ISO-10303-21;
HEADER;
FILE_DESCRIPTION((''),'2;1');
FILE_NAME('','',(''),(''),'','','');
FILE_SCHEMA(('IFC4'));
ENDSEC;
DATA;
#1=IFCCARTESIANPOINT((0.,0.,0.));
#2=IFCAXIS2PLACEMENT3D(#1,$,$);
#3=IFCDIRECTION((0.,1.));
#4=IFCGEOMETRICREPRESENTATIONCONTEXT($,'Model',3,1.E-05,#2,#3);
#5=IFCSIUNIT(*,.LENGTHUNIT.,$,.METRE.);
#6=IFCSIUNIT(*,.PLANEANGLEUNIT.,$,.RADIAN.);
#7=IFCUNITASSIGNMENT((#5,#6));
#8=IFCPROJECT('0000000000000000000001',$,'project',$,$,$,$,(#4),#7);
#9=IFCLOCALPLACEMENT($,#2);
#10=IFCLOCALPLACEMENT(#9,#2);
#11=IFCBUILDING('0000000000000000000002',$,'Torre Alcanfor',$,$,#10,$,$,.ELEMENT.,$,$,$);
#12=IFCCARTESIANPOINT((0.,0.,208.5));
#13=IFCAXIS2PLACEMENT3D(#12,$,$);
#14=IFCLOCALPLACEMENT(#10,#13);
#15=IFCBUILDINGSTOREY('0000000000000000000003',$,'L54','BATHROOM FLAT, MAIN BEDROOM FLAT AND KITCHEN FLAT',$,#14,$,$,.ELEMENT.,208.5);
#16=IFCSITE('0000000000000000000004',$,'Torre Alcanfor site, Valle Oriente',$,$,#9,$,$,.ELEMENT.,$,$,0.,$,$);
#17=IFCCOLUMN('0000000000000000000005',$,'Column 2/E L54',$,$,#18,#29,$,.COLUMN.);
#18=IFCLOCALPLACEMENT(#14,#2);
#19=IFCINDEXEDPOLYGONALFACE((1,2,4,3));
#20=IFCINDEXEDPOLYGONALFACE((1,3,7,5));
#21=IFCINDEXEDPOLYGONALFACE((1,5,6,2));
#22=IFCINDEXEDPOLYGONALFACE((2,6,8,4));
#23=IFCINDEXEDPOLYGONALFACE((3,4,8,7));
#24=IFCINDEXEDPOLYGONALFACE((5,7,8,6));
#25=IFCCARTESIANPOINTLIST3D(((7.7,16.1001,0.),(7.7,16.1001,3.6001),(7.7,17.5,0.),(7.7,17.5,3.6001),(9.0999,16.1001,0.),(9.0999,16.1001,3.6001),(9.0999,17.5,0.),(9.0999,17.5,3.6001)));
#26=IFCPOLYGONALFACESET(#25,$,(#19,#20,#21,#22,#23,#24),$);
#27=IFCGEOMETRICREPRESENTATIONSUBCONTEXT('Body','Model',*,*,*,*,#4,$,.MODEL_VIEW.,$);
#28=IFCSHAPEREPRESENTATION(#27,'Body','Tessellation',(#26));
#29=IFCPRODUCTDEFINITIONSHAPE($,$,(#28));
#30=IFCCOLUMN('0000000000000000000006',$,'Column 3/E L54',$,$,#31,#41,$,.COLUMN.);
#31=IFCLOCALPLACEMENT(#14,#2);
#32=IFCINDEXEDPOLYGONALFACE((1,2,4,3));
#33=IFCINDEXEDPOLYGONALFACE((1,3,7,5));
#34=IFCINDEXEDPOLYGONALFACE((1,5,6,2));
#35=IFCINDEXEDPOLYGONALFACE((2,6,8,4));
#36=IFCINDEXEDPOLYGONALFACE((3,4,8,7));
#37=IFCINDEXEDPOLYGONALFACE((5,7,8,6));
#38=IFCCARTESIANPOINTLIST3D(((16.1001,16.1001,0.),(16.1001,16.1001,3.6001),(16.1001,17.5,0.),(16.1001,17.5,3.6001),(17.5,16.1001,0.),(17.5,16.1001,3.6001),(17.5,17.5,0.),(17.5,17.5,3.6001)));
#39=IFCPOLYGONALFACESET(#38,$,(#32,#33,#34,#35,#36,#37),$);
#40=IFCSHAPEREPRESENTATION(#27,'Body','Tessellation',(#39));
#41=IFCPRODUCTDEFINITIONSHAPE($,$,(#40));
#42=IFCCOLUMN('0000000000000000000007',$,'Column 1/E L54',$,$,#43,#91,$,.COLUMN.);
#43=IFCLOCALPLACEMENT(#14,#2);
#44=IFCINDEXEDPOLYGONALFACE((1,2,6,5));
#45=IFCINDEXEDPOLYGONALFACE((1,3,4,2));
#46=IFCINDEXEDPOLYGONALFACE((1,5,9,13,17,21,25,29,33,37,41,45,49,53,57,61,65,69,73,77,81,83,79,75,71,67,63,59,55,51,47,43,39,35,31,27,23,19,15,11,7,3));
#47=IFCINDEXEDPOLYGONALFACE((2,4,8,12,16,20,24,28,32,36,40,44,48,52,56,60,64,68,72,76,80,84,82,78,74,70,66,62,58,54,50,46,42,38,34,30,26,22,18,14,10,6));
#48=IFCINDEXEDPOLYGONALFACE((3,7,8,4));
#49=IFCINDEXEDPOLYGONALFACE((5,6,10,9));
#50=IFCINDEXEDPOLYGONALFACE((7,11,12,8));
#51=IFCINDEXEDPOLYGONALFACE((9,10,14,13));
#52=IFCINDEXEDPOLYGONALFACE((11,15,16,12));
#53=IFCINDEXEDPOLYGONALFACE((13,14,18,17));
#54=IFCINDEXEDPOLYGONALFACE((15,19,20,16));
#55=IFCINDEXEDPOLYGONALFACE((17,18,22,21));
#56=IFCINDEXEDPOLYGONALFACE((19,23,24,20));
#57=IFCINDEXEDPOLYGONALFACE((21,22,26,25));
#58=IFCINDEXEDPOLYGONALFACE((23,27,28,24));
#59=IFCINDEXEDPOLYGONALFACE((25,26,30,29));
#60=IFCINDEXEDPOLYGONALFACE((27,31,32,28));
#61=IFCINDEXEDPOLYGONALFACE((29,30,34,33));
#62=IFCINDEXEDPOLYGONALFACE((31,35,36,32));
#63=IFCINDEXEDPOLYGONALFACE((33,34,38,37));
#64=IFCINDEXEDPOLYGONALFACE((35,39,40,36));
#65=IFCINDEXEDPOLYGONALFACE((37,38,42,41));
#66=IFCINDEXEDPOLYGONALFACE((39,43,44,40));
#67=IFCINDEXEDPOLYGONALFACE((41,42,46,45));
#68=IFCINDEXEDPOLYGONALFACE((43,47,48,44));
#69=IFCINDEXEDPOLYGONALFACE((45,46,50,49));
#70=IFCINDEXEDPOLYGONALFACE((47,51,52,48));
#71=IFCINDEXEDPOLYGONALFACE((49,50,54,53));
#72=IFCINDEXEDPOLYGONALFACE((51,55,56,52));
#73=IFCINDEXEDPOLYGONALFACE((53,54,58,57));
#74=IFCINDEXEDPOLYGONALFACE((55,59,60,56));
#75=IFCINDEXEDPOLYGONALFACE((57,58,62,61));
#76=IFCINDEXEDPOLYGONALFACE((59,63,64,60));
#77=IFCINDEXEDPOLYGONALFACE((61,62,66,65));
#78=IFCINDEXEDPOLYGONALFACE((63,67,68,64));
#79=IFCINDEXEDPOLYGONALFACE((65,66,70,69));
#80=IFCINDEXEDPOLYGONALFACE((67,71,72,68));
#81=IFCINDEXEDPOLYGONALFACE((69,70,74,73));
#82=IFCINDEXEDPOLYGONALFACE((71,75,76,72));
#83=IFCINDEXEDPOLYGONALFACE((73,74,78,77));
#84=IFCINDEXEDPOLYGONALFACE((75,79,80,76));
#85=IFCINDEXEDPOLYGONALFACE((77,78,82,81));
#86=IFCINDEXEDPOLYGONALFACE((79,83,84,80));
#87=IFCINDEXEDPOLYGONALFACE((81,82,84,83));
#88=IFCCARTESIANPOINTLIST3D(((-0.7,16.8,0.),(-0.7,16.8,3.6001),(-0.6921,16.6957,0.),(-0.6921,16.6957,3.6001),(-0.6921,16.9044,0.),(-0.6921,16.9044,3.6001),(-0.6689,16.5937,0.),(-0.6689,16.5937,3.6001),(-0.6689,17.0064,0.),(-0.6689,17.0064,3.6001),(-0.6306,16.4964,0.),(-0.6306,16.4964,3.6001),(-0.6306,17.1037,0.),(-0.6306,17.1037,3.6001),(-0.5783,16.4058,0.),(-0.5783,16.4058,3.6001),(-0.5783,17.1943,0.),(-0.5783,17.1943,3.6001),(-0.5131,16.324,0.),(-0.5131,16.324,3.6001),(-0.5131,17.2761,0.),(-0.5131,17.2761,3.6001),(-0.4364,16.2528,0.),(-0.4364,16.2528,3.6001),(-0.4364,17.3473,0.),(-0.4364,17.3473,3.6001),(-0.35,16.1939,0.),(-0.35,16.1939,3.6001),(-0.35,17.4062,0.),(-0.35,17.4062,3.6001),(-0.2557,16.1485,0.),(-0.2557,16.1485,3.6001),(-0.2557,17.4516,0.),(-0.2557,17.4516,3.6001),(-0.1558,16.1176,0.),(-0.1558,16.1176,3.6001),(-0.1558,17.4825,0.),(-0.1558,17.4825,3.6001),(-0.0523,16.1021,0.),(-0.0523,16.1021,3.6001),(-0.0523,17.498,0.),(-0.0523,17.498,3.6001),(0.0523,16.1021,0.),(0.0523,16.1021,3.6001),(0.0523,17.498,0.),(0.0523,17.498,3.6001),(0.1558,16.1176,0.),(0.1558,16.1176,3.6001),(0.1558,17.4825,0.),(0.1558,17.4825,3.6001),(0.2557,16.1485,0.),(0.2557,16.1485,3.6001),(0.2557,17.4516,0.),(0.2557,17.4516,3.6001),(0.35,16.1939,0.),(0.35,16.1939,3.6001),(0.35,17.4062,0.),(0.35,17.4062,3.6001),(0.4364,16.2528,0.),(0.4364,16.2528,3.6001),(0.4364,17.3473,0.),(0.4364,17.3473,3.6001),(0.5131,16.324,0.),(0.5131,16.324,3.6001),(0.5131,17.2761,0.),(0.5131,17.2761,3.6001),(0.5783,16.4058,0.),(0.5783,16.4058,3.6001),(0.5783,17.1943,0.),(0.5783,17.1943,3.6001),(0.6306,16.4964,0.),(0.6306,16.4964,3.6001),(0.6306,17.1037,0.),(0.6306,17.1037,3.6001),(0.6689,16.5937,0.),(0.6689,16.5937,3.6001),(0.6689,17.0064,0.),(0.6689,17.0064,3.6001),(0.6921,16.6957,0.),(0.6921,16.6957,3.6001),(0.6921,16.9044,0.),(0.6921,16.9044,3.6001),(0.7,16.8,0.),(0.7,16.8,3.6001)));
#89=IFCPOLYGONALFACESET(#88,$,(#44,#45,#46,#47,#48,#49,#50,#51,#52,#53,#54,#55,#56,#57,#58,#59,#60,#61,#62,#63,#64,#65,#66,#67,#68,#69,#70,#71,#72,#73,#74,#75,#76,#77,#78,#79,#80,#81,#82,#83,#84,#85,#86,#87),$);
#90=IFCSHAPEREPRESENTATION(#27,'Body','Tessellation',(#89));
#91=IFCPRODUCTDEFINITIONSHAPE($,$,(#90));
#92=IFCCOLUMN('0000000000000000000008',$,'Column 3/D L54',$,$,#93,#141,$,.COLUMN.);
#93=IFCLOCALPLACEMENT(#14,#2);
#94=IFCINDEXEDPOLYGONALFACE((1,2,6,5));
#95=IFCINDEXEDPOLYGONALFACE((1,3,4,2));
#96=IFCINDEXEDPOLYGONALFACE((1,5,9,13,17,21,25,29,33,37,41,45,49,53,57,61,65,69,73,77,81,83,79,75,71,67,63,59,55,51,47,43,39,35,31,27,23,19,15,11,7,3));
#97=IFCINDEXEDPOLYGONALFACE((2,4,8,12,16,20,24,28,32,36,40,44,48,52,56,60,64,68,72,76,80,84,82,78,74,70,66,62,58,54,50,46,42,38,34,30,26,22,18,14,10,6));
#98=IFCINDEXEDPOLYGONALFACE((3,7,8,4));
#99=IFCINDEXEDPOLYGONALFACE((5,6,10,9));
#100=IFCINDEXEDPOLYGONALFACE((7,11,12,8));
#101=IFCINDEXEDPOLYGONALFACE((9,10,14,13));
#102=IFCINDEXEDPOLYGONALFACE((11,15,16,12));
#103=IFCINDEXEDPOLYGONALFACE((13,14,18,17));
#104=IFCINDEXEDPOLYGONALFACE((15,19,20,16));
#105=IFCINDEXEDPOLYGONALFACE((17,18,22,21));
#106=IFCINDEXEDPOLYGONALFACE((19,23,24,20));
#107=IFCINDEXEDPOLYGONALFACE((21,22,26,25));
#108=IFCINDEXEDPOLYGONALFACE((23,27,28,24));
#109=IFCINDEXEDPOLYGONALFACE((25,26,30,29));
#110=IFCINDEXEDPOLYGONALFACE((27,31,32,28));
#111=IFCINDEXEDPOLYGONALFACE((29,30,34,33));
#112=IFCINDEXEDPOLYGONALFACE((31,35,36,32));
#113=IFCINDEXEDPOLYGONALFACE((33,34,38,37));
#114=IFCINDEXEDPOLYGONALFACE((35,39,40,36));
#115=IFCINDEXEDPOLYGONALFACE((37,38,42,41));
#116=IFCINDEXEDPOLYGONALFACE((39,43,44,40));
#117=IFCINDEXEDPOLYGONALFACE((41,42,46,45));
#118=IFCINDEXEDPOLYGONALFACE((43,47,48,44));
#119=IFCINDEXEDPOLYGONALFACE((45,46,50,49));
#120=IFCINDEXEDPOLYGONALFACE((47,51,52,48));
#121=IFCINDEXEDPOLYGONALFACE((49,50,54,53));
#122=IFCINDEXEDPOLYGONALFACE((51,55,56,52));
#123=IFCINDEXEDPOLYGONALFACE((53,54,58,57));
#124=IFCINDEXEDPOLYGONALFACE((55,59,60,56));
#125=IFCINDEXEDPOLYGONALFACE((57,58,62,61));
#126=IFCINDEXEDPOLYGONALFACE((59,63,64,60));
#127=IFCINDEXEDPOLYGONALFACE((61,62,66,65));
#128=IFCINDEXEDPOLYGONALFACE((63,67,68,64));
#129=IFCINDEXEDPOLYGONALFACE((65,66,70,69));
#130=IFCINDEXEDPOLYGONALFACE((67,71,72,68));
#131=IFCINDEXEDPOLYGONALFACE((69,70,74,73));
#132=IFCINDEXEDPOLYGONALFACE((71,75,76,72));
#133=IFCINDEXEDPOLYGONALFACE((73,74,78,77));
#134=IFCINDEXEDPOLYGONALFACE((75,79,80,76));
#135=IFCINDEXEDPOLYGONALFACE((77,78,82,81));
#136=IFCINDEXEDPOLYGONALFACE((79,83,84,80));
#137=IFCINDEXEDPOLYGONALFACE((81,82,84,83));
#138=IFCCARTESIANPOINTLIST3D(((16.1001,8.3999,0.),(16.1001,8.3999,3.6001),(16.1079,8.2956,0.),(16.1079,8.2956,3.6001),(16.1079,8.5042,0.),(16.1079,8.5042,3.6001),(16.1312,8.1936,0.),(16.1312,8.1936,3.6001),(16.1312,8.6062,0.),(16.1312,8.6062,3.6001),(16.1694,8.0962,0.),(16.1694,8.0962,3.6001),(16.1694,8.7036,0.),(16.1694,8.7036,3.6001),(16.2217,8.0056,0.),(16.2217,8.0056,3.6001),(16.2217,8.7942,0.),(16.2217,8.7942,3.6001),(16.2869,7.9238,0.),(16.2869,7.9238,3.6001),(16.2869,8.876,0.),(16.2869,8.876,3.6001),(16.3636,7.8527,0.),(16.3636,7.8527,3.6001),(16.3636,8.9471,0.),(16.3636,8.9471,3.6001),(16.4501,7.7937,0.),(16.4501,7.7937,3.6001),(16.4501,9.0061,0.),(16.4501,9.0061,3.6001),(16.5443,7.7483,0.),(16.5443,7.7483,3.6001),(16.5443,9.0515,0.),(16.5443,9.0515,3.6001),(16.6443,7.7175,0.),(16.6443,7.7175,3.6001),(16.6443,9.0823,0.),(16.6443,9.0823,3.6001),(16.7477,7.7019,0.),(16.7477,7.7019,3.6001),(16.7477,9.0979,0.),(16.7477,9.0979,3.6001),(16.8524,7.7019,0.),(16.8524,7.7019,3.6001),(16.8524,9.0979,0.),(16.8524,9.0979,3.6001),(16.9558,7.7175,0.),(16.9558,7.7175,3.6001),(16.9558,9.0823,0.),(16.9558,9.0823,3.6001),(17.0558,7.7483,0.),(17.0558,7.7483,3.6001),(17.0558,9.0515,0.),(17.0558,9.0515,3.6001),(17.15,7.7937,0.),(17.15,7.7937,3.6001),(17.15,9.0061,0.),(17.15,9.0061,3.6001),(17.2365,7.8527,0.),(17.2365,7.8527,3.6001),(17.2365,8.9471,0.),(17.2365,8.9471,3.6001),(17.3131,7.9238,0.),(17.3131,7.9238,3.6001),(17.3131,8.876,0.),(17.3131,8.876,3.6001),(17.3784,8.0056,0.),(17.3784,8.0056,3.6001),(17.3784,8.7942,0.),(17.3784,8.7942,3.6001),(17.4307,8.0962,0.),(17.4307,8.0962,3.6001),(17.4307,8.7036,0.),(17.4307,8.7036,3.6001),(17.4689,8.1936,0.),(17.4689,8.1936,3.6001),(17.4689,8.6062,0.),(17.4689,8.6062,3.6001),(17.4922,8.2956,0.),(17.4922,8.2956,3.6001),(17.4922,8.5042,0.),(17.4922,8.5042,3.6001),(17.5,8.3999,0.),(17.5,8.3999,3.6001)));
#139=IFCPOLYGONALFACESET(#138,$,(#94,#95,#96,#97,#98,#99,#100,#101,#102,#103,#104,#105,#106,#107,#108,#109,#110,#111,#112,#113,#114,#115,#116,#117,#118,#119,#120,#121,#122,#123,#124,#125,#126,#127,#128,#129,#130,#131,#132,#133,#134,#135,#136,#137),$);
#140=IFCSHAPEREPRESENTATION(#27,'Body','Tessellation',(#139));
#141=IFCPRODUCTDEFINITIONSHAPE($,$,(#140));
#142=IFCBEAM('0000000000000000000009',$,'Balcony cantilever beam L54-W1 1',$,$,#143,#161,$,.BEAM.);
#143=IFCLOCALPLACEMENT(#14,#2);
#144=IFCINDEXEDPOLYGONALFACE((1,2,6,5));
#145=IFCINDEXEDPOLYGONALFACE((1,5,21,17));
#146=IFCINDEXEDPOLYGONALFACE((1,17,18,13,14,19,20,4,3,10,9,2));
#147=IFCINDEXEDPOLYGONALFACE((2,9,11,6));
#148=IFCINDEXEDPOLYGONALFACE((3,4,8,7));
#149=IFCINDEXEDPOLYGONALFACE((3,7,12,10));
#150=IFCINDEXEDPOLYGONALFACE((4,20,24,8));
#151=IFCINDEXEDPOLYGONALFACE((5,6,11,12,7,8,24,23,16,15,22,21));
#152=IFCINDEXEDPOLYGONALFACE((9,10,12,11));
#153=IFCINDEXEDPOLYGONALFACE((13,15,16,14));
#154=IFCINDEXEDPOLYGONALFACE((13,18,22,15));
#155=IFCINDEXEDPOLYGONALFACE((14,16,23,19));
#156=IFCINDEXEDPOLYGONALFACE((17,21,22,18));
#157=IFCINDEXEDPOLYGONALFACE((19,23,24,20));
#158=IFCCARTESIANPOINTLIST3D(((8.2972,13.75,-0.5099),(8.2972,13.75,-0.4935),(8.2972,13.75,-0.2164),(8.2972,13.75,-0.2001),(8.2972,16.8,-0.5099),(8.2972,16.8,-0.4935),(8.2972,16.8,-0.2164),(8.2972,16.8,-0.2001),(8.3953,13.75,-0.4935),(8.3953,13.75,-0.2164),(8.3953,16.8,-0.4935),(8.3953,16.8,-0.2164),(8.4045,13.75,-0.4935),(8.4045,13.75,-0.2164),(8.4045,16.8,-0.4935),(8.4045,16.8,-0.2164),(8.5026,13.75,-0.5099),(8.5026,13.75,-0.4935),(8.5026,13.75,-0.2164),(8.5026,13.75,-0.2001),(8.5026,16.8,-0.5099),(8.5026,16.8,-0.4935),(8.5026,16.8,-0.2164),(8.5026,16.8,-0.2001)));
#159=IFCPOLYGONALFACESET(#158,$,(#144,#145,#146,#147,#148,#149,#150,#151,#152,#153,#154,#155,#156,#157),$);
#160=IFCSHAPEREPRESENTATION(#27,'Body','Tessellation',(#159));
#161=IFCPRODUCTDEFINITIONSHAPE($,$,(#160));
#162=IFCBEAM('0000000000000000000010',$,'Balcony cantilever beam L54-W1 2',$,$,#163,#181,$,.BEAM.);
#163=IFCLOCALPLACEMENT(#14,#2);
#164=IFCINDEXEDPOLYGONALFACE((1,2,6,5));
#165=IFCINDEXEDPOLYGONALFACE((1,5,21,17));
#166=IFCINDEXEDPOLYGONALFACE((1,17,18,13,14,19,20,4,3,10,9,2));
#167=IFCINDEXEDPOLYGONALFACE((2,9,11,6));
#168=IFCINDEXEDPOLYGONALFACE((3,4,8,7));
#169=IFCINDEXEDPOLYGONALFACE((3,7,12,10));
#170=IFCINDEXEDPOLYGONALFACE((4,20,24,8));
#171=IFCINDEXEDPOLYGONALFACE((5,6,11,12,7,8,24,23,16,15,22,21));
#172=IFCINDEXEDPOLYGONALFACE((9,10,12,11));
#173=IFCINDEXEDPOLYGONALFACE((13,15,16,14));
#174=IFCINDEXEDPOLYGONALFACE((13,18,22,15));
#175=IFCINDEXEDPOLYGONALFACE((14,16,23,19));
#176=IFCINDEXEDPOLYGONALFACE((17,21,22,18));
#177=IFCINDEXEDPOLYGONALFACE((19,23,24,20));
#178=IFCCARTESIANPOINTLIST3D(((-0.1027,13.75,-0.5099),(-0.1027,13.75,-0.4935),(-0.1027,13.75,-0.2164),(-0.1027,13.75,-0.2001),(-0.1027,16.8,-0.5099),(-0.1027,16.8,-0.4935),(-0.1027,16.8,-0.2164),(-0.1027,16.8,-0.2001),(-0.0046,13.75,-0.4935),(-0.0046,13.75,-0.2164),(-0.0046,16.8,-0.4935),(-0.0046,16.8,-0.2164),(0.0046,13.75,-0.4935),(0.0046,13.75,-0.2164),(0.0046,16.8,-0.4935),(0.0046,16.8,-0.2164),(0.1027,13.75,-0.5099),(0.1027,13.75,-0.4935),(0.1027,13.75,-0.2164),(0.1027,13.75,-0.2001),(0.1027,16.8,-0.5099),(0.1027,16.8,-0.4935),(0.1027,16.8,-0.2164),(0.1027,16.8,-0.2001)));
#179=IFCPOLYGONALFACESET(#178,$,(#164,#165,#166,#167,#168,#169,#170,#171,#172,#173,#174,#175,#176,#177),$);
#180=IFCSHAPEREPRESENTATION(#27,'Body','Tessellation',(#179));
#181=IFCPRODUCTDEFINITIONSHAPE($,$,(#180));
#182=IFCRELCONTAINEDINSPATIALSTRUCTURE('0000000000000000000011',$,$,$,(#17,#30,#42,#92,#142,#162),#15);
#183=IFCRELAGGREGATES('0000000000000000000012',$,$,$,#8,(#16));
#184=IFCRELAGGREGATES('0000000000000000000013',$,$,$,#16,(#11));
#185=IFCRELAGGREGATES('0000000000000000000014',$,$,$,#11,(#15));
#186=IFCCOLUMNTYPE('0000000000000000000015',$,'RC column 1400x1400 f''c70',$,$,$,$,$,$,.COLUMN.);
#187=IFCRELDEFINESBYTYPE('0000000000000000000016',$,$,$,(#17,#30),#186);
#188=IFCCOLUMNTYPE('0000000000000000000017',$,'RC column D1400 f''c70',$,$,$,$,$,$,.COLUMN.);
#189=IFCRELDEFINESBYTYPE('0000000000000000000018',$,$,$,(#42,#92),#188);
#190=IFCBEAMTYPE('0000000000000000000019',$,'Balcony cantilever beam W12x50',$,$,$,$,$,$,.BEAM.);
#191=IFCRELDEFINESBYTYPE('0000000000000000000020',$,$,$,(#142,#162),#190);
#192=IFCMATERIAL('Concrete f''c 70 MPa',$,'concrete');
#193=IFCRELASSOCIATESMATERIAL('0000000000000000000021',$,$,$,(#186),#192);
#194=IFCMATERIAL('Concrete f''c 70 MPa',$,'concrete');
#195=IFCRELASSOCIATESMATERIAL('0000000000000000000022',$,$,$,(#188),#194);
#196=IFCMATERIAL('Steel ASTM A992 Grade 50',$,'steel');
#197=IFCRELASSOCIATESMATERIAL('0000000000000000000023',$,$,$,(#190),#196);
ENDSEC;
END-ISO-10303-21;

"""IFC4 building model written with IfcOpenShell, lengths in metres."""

from ifc_helpers import new_model, si_unit, direction, frame, origin, origin_2d, place, context, subcontext, project, spatial, rectangle, circle, i_section, extrude, material, material_profile, profile_set, type_object, element, save


model = new_model("IFC4")

# Units and contexts
model_context = context("Model", 3, precision=1e-05, world=origin(), true_north=direction((0.0, 1.0)))
body_context = subcontext(model_context, "Body", "Model", "MODEL_VIEW")
ifc_project = project(units=[si_unit("LENGTHUNIT", "METRE"), si_unit("PLANEANGLEUNIT", "RADIAN")], contexts=[model_context])

# Site, building, storey
site_placement = place(None, origin())
site = spatial("IfcSite", under=ifc_project, at=site_placement, Name="Torre Alcanfor site, Valle Oriente", CompositionType="ELEMENT", RefElevation=0.0)
building_placement = place(site_placement, origin())
building = spatial("IfcBuilding", under=site, at=building_placement, Name="Torre Alcanfor", CompositionType="ELEMENT")
storey_placement = place(building_placement, frame((0.0, 0.0, 208.5)))
storey = spatial("IfcBuildingStorey", under=building, at=storey_placement, Name="L54", Description="BATHROOM FLAT, MAIN BEDROOM FLAT AND KITCHEN FLAT", CompositionType="ELEMENT", Elevation=208.5)

# Columns
ifc_material_1 = material(Name="Concrete f'c 70 MPa", Category="concrete")
ifc_material_profile_1 = material_profile(ifc_material_1, rectangle(XDim=1.3999, YDim=1.3999, at=origin_2d()), Name="1400x1400")
ifc_profile_set_1 = profile_set([ifc_material_profile_1], Name="Concrete f'c 70 MPa")
column_type_1 = type_object("IfcColumnType", Name="RC column 1400x1400 f'c70", PredefinedType="COLUMN", material=ifc_profile_set_1)
for number, where, z_axis, x_axis, name in (
    (1, (8.3999, 16.8, 0.0), (0.0, 0.0, 1.0), (1.0, 0.0, 0.0), "Column 2/E L54"),
    (2, (16.8, 16.8, 0.0), (0.0, 0.0, 1.0), (1.0, 0.0, 0.0), "Column 3/E L54"),
):
    element("IfcColumn", number, at=place(storey_placement, frame(where, z_axis=z_axis, x_axis=x_axis)), inside=storey, type_object=column_type_1, Name=name, PredefinedType="COLUMN", context=body_context, shape_type="SweptSolid", body=[
        extrude(rectangle(XDim=1.3999, YDim=1.3999, at=origin_2d()), origin(), (0.0, 0.0, 1.0), 3.6001),
    ])
ifc_material_2 = material(Name="Concrete f'c 70 MPa", Category="concrete")
ifc_material_profile_2 = material_profile(ifc_material_2, circle(Radius=0.7, at=origin_2d()), Name="D1400")
ifc_profile_set_2 = profile_set([ifc_material_profile_2], Name="Concrete f'c 70 MPa")
column_type_2 = type_object("IfcColumnType", Name="RC column D1400 f'c70", PredefinedType="COLUMN", material=ifc_profile_set_2)
for number, where, z_axis, x_axis, name in (
    (3, (0.0, 16.8, 0.0), (0.0, 0.0, 1.0), (1.0, 0.0, 0.0), "Column 1/E L54"),
    (4, (16.8, 8.3999, 0.0), (0.0, 0.0, 1.0), (1.0, 0.0, 0.0), "Column 3/D L54"),
):
    element("IfcColumn", number, at=place(storey_placement, frame(where, z_axis=z_axis, x_axis=x_axis)), inside=storey, type_object=column_type_2, Name=name, PredefinedType="COLUMN", context=body_context, shape_type="SweptSolid", body=[
        extrude(circle(Radius=0.7, at=origin_2d()), origin(), (0.0, 0.0, 1.0), 3.6001),
    ])

# Beams
ifc_material_3 = material(Name="Steel ASTM A992 Grade 50", Category="steel")
ifc_material_profile_3 = material_profile(ifc_material_3, i_section(OverallWidth=0.2053, OverallDepth=0.3098, WebThickness=0.0093, FlangeThickness=0.0164, at=origin_2d()), Name="W12x50")
ifc_profile_set_3 = profile_set([ifc_material_profile_3], Name="Steel ASTM A992 Grade 50")
beam_type_1 = type_object("IfcBeamType", Name="Balcony cantilever beam W12x50", PredefinedType="BEAM", material=ifc_profile_set_3)
for number, where, z_axis, x_axis, name in (
    (5, (8.3999, 16.8, -0.355), (0.0, -1.0, 0.0), (1.0, 0.0, 0.0), "Balcony cantilever beam L54-W1 1"),
    (6, (0.0, 16.8, -0.355), (0.0, -1.0, 0.0), (1.0, 0.0, 0.0), "Balcony cantilever beam L54-W1 2"),
):
    element("IfcBeam", number, at=place(storey_placement, frame(where, z_axis=z_axis, x_axis=x_axis)), inside=storey, type_object=beam_type_1, Name=name, PredefinedType="BEAM", context=body_context, shape_type="SweptSolid", body=[
        extrude(i_section(OverallWidth=0.2053, OverallDepth=0.3098, WebThickness=0.0093, FlangeThickness=0.0164, at=origin_2d()), origin(), (0.0, 0.0, 1.0), 3.05),
    ])

save(model, "model.ifc")
